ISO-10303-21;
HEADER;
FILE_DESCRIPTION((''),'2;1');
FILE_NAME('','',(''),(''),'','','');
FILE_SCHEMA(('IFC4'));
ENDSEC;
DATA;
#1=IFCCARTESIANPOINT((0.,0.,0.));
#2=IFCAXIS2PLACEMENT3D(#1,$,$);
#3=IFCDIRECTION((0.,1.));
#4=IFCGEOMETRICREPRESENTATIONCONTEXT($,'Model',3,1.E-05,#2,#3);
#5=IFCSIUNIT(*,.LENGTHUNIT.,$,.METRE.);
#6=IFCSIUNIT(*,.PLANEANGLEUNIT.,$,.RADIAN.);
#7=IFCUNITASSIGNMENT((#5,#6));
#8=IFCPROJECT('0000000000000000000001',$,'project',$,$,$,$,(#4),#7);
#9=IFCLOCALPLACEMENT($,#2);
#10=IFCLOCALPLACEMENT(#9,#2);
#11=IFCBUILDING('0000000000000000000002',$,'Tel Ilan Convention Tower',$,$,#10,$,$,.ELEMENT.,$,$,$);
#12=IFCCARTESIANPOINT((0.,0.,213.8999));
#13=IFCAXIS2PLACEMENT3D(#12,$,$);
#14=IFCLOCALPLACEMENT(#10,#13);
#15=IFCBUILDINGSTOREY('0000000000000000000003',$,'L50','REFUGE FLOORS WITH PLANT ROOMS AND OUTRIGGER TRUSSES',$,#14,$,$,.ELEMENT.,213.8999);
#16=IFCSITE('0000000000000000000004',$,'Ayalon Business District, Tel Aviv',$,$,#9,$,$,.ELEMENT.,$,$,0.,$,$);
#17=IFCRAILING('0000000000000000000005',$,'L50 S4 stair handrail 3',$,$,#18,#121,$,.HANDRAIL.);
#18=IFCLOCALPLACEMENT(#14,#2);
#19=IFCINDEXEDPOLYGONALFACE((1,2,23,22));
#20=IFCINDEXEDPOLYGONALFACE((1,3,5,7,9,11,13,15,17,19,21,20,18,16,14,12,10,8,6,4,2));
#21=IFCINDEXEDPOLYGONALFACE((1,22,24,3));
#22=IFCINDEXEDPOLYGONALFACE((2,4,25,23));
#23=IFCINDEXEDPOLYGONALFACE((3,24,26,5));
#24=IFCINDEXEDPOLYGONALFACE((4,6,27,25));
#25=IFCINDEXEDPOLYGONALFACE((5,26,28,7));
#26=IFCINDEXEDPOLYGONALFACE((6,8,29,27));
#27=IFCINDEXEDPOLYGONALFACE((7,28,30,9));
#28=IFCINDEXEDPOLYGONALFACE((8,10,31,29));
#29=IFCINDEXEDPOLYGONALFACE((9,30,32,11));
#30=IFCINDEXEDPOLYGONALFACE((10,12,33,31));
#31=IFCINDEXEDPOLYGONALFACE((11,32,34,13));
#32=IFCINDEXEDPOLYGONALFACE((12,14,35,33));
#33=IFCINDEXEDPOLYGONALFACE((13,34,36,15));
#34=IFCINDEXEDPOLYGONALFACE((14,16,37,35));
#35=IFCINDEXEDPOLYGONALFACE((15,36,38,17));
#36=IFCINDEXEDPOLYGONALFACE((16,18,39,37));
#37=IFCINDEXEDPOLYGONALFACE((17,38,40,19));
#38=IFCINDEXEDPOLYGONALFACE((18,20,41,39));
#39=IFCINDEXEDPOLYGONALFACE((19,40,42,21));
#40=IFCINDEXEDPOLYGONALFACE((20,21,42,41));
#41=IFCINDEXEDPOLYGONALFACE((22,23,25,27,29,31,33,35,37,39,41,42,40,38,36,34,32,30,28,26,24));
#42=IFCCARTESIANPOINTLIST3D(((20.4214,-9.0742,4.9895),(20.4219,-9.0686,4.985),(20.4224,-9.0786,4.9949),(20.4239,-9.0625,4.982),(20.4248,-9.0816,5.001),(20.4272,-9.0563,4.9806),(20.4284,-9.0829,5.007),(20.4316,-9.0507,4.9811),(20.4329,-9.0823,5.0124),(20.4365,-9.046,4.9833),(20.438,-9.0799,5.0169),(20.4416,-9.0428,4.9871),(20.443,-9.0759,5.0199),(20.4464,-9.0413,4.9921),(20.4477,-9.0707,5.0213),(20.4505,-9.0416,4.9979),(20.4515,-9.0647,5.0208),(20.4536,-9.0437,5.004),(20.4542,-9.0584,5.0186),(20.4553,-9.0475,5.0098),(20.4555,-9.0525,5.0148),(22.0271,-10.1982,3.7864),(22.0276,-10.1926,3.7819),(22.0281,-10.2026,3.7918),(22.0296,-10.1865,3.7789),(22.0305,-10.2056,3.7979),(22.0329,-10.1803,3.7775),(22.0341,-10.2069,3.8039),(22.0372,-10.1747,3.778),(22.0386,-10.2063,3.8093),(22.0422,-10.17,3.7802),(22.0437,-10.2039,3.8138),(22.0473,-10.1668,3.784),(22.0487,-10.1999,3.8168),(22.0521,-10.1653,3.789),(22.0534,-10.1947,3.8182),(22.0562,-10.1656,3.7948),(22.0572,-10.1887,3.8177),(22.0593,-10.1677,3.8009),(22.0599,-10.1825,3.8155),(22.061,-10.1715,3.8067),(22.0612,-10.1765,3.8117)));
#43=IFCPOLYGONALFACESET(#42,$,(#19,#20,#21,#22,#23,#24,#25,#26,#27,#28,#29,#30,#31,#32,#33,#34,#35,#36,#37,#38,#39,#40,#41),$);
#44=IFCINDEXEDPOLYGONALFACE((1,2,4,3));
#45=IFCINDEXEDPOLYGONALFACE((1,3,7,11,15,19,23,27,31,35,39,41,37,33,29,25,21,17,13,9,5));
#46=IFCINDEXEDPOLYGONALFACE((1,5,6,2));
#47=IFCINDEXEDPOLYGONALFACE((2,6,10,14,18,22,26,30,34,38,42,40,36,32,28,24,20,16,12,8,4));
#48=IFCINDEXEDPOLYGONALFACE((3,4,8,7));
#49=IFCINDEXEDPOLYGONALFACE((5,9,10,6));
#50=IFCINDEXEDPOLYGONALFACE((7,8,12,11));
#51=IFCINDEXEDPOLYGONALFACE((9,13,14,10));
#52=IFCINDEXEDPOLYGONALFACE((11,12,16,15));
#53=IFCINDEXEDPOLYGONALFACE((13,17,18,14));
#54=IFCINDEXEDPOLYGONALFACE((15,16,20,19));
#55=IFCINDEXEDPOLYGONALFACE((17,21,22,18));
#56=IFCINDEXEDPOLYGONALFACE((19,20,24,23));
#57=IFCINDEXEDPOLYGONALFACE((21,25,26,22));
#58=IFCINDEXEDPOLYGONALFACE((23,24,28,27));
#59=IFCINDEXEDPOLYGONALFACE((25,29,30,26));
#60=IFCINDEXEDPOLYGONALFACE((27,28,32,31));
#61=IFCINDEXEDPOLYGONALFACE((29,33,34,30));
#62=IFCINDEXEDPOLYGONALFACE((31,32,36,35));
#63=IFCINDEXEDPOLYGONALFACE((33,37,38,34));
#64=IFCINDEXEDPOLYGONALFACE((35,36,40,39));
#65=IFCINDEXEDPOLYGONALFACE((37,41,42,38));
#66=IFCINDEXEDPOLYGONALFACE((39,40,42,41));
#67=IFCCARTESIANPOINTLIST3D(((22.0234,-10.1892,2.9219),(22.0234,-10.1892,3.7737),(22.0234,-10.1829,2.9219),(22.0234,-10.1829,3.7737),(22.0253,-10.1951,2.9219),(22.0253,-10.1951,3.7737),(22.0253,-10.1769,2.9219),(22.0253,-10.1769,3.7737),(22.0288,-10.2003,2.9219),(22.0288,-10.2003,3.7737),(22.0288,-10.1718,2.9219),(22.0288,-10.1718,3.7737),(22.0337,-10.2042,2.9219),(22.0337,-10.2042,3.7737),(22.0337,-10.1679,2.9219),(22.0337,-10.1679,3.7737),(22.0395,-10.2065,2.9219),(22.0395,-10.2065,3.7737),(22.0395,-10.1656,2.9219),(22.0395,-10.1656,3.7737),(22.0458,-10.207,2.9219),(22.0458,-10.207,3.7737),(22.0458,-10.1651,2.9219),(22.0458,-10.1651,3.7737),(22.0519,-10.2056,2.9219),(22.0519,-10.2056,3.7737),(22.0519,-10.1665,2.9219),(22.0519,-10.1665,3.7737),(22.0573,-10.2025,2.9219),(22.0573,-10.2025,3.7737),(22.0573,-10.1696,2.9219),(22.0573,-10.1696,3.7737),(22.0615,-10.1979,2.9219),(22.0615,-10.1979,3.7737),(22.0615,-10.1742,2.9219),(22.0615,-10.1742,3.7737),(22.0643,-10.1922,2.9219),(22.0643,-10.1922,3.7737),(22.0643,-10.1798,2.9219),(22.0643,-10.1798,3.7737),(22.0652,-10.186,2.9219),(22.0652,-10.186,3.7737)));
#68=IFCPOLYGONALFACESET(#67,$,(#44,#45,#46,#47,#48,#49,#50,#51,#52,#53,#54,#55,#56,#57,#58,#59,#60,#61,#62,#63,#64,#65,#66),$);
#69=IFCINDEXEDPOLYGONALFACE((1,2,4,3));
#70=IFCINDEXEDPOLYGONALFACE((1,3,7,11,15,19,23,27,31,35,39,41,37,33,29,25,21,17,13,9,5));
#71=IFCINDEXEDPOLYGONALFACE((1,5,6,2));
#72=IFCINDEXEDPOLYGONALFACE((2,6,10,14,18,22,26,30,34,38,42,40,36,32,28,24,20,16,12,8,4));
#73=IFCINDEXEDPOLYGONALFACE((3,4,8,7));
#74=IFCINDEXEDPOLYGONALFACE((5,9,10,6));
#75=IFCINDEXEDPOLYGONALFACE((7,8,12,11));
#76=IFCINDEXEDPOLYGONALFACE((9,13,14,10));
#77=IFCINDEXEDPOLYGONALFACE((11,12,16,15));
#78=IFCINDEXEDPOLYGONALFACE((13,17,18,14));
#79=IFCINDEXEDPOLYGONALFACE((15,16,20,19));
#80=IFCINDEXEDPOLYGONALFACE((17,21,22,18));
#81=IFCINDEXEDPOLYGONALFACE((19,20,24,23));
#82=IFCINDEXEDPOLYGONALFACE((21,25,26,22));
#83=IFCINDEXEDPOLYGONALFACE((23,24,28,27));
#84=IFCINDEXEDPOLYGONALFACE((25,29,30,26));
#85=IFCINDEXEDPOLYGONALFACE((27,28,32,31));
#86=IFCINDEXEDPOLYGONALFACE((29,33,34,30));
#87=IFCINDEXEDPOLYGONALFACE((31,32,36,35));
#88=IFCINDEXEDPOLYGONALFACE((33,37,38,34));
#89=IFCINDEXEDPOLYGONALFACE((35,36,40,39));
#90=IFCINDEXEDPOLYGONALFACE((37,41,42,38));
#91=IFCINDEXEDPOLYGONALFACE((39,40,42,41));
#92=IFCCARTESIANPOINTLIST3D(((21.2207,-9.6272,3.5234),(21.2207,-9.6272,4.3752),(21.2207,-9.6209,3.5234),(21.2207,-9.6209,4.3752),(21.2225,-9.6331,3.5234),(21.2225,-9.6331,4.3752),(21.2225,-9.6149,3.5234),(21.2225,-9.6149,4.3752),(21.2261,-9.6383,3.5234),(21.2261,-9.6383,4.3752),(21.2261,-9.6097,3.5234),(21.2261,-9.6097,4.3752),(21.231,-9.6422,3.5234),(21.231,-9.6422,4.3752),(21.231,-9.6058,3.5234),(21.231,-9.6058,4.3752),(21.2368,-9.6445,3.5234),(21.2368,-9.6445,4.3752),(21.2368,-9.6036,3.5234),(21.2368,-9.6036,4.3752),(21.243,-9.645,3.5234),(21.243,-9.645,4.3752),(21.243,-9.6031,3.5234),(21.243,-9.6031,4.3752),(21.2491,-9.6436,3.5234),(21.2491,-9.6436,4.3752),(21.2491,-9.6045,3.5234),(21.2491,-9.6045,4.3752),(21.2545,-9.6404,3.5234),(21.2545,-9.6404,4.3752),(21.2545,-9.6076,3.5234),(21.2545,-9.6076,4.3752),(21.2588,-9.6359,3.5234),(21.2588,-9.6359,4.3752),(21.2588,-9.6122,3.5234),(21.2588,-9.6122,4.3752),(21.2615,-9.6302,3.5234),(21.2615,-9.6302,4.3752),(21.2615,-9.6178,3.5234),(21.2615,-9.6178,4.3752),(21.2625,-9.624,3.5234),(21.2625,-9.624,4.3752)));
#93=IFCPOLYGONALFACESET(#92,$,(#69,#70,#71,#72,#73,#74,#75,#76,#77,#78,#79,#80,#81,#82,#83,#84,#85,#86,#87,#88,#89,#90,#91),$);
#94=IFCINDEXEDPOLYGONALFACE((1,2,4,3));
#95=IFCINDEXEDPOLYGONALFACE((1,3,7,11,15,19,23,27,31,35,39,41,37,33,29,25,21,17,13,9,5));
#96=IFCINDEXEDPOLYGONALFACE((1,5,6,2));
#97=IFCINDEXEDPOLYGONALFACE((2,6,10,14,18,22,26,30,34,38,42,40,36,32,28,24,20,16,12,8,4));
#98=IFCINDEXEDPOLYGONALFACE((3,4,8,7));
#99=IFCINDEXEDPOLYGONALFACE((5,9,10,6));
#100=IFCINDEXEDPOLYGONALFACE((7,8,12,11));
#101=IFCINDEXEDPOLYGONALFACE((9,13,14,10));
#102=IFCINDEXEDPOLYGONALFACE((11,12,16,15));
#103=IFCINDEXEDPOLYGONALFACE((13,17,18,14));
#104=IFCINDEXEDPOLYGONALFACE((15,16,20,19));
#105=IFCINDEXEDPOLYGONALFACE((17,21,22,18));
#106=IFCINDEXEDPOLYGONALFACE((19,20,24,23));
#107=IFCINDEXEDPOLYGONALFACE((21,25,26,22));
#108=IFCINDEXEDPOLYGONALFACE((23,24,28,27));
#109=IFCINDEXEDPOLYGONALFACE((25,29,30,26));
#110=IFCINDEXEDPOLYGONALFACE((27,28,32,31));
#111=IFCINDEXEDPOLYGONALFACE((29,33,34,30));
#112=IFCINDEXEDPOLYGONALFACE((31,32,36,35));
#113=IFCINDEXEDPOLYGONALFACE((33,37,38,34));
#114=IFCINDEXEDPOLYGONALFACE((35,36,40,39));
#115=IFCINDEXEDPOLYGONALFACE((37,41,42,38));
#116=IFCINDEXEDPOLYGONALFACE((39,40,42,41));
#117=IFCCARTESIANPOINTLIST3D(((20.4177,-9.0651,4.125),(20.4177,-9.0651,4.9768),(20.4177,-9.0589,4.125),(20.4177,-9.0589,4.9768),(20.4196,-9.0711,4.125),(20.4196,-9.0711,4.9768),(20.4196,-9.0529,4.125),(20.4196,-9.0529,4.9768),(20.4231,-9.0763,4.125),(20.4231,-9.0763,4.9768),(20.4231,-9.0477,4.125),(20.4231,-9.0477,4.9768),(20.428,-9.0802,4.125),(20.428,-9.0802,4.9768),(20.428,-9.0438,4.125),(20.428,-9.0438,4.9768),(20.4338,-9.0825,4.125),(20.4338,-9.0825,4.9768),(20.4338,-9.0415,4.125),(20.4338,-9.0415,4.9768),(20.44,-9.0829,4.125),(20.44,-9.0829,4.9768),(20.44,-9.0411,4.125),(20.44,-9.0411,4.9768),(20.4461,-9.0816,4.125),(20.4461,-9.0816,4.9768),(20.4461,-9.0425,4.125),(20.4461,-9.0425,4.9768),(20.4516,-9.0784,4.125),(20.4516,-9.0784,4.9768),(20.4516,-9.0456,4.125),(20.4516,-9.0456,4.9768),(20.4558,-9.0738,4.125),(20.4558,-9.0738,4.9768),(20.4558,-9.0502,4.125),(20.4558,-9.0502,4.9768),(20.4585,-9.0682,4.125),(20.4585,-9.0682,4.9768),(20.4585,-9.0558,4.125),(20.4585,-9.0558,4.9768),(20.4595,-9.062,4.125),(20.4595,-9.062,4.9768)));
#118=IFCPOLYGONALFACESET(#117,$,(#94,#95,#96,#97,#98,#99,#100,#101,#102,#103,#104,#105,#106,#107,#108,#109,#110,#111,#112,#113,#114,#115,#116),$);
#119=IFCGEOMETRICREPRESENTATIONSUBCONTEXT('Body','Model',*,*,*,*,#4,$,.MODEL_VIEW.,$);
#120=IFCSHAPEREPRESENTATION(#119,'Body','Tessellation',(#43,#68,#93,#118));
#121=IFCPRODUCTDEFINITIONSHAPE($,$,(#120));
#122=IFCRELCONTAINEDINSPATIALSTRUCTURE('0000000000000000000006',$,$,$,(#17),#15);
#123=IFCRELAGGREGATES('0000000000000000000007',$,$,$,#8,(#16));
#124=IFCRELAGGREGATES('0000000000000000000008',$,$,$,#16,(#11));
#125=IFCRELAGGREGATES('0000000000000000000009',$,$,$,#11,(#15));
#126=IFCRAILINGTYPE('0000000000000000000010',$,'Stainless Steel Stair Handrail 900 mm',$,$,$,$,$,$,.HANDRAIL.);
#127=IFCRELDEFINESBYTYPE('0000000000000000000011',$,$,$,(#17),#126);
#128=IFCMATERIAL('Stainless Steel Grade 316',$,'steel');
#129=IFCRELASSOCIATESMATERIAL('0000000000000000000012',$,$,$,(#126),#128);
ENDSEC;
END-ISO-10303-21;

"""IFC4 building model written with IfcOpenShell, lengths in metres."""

from ifc_helpers import new_model, si_unit, direction, frame, origin, origin_2d, place, context, subcontext, project, spatial, circle, extrude, material, type_object, element, save


model = new_model("IFC4")

# Units and contexts
model_context = context("Model", 3, precision=1e-05, world=origin(), true_north=direction((0.0, 1.0)))
body_context = subcontext(model_context, "Body", "Model", "MODEL_VIEW")
ifc_project = project(units=[si_unit("LENGTHUNIT", "METRE"), si_unit("PLANEANGLEUNIT", "RADIAN")], contexts=[model_context])

# Site, building, storey
site_placement = place(None, origin())
site = spatial("IfcSite", under=ifc_project, at=site_placement, Name="Ayalon Business District, Tel Aviv", CompositionType="ELEMENT", RefElevation=0.0)
building_placement = place(site_placement, origin())
building = spatial("IfcBuilding", under=site, at=building_placement, Name="Tel Ilan Convention Tower", CompositionType="ELEMENT")
storey_placement = place(building_placement, frame((0.0, 0.0, 213.8999)))
storey = spatial("IfcBuildingStorey", under=building, at=storey_placement, Name="L50", Description="REFUGE FLOORS WITH PLANT ROOMS AND OUTRIGGER TRUSSES", CompositionType="ELEMENT", Elevation=213.8999)

# Railing
ifc_material_1 = material(Name="Stainless Steel Grade 316", Category="steel")
railing_type_1 = type_object("IfcRailingType", Name="Stainless Steel Stair Handrail 900 mm", PredefinedType="HANDRAIL", material=ifc_material_1)
for number, where, name in (
    (1, (22.0442, -10.186, 2.9219), "L50 S4 stair handrail 3"),
):
    element("IfcRailing", number, at=place(storey_placement, frame(where)), inside=storey, type_object=railing_type_1, Name=name, PredefinedType="HANDRAIL", context=body_context, shape_type="SweptSolid", body=[
        extrude(circle(Radius=0.0239, at=origin_2d()), frame((0.0, 0.0, 0.876), z_axis=(-0.698185, 0.48874, 0.523135), x_axis=(-0.573471, -0.819226, 0.0)), (0.0, 0.0, 1.0), 2.2998),
        extrude(circle(Radius=0.021, at=origin_2d()), origin(), (0.0, 0.0, 1.0), 0.8518),
        extrude(circle(Radius=0.021, at=origin_2d()), frame((-0.8027, 0.562, 0.6016)), (0.0, 0.0, 1.0), 0.8518),
        extrude(circle(Radius=0.021, at=origin_2d()), frame((-1.6057, 1.124, 1.2031)), (0.0, 0.0, 1.0), 0.8518),
    ])

save(model, "model.ifc")
